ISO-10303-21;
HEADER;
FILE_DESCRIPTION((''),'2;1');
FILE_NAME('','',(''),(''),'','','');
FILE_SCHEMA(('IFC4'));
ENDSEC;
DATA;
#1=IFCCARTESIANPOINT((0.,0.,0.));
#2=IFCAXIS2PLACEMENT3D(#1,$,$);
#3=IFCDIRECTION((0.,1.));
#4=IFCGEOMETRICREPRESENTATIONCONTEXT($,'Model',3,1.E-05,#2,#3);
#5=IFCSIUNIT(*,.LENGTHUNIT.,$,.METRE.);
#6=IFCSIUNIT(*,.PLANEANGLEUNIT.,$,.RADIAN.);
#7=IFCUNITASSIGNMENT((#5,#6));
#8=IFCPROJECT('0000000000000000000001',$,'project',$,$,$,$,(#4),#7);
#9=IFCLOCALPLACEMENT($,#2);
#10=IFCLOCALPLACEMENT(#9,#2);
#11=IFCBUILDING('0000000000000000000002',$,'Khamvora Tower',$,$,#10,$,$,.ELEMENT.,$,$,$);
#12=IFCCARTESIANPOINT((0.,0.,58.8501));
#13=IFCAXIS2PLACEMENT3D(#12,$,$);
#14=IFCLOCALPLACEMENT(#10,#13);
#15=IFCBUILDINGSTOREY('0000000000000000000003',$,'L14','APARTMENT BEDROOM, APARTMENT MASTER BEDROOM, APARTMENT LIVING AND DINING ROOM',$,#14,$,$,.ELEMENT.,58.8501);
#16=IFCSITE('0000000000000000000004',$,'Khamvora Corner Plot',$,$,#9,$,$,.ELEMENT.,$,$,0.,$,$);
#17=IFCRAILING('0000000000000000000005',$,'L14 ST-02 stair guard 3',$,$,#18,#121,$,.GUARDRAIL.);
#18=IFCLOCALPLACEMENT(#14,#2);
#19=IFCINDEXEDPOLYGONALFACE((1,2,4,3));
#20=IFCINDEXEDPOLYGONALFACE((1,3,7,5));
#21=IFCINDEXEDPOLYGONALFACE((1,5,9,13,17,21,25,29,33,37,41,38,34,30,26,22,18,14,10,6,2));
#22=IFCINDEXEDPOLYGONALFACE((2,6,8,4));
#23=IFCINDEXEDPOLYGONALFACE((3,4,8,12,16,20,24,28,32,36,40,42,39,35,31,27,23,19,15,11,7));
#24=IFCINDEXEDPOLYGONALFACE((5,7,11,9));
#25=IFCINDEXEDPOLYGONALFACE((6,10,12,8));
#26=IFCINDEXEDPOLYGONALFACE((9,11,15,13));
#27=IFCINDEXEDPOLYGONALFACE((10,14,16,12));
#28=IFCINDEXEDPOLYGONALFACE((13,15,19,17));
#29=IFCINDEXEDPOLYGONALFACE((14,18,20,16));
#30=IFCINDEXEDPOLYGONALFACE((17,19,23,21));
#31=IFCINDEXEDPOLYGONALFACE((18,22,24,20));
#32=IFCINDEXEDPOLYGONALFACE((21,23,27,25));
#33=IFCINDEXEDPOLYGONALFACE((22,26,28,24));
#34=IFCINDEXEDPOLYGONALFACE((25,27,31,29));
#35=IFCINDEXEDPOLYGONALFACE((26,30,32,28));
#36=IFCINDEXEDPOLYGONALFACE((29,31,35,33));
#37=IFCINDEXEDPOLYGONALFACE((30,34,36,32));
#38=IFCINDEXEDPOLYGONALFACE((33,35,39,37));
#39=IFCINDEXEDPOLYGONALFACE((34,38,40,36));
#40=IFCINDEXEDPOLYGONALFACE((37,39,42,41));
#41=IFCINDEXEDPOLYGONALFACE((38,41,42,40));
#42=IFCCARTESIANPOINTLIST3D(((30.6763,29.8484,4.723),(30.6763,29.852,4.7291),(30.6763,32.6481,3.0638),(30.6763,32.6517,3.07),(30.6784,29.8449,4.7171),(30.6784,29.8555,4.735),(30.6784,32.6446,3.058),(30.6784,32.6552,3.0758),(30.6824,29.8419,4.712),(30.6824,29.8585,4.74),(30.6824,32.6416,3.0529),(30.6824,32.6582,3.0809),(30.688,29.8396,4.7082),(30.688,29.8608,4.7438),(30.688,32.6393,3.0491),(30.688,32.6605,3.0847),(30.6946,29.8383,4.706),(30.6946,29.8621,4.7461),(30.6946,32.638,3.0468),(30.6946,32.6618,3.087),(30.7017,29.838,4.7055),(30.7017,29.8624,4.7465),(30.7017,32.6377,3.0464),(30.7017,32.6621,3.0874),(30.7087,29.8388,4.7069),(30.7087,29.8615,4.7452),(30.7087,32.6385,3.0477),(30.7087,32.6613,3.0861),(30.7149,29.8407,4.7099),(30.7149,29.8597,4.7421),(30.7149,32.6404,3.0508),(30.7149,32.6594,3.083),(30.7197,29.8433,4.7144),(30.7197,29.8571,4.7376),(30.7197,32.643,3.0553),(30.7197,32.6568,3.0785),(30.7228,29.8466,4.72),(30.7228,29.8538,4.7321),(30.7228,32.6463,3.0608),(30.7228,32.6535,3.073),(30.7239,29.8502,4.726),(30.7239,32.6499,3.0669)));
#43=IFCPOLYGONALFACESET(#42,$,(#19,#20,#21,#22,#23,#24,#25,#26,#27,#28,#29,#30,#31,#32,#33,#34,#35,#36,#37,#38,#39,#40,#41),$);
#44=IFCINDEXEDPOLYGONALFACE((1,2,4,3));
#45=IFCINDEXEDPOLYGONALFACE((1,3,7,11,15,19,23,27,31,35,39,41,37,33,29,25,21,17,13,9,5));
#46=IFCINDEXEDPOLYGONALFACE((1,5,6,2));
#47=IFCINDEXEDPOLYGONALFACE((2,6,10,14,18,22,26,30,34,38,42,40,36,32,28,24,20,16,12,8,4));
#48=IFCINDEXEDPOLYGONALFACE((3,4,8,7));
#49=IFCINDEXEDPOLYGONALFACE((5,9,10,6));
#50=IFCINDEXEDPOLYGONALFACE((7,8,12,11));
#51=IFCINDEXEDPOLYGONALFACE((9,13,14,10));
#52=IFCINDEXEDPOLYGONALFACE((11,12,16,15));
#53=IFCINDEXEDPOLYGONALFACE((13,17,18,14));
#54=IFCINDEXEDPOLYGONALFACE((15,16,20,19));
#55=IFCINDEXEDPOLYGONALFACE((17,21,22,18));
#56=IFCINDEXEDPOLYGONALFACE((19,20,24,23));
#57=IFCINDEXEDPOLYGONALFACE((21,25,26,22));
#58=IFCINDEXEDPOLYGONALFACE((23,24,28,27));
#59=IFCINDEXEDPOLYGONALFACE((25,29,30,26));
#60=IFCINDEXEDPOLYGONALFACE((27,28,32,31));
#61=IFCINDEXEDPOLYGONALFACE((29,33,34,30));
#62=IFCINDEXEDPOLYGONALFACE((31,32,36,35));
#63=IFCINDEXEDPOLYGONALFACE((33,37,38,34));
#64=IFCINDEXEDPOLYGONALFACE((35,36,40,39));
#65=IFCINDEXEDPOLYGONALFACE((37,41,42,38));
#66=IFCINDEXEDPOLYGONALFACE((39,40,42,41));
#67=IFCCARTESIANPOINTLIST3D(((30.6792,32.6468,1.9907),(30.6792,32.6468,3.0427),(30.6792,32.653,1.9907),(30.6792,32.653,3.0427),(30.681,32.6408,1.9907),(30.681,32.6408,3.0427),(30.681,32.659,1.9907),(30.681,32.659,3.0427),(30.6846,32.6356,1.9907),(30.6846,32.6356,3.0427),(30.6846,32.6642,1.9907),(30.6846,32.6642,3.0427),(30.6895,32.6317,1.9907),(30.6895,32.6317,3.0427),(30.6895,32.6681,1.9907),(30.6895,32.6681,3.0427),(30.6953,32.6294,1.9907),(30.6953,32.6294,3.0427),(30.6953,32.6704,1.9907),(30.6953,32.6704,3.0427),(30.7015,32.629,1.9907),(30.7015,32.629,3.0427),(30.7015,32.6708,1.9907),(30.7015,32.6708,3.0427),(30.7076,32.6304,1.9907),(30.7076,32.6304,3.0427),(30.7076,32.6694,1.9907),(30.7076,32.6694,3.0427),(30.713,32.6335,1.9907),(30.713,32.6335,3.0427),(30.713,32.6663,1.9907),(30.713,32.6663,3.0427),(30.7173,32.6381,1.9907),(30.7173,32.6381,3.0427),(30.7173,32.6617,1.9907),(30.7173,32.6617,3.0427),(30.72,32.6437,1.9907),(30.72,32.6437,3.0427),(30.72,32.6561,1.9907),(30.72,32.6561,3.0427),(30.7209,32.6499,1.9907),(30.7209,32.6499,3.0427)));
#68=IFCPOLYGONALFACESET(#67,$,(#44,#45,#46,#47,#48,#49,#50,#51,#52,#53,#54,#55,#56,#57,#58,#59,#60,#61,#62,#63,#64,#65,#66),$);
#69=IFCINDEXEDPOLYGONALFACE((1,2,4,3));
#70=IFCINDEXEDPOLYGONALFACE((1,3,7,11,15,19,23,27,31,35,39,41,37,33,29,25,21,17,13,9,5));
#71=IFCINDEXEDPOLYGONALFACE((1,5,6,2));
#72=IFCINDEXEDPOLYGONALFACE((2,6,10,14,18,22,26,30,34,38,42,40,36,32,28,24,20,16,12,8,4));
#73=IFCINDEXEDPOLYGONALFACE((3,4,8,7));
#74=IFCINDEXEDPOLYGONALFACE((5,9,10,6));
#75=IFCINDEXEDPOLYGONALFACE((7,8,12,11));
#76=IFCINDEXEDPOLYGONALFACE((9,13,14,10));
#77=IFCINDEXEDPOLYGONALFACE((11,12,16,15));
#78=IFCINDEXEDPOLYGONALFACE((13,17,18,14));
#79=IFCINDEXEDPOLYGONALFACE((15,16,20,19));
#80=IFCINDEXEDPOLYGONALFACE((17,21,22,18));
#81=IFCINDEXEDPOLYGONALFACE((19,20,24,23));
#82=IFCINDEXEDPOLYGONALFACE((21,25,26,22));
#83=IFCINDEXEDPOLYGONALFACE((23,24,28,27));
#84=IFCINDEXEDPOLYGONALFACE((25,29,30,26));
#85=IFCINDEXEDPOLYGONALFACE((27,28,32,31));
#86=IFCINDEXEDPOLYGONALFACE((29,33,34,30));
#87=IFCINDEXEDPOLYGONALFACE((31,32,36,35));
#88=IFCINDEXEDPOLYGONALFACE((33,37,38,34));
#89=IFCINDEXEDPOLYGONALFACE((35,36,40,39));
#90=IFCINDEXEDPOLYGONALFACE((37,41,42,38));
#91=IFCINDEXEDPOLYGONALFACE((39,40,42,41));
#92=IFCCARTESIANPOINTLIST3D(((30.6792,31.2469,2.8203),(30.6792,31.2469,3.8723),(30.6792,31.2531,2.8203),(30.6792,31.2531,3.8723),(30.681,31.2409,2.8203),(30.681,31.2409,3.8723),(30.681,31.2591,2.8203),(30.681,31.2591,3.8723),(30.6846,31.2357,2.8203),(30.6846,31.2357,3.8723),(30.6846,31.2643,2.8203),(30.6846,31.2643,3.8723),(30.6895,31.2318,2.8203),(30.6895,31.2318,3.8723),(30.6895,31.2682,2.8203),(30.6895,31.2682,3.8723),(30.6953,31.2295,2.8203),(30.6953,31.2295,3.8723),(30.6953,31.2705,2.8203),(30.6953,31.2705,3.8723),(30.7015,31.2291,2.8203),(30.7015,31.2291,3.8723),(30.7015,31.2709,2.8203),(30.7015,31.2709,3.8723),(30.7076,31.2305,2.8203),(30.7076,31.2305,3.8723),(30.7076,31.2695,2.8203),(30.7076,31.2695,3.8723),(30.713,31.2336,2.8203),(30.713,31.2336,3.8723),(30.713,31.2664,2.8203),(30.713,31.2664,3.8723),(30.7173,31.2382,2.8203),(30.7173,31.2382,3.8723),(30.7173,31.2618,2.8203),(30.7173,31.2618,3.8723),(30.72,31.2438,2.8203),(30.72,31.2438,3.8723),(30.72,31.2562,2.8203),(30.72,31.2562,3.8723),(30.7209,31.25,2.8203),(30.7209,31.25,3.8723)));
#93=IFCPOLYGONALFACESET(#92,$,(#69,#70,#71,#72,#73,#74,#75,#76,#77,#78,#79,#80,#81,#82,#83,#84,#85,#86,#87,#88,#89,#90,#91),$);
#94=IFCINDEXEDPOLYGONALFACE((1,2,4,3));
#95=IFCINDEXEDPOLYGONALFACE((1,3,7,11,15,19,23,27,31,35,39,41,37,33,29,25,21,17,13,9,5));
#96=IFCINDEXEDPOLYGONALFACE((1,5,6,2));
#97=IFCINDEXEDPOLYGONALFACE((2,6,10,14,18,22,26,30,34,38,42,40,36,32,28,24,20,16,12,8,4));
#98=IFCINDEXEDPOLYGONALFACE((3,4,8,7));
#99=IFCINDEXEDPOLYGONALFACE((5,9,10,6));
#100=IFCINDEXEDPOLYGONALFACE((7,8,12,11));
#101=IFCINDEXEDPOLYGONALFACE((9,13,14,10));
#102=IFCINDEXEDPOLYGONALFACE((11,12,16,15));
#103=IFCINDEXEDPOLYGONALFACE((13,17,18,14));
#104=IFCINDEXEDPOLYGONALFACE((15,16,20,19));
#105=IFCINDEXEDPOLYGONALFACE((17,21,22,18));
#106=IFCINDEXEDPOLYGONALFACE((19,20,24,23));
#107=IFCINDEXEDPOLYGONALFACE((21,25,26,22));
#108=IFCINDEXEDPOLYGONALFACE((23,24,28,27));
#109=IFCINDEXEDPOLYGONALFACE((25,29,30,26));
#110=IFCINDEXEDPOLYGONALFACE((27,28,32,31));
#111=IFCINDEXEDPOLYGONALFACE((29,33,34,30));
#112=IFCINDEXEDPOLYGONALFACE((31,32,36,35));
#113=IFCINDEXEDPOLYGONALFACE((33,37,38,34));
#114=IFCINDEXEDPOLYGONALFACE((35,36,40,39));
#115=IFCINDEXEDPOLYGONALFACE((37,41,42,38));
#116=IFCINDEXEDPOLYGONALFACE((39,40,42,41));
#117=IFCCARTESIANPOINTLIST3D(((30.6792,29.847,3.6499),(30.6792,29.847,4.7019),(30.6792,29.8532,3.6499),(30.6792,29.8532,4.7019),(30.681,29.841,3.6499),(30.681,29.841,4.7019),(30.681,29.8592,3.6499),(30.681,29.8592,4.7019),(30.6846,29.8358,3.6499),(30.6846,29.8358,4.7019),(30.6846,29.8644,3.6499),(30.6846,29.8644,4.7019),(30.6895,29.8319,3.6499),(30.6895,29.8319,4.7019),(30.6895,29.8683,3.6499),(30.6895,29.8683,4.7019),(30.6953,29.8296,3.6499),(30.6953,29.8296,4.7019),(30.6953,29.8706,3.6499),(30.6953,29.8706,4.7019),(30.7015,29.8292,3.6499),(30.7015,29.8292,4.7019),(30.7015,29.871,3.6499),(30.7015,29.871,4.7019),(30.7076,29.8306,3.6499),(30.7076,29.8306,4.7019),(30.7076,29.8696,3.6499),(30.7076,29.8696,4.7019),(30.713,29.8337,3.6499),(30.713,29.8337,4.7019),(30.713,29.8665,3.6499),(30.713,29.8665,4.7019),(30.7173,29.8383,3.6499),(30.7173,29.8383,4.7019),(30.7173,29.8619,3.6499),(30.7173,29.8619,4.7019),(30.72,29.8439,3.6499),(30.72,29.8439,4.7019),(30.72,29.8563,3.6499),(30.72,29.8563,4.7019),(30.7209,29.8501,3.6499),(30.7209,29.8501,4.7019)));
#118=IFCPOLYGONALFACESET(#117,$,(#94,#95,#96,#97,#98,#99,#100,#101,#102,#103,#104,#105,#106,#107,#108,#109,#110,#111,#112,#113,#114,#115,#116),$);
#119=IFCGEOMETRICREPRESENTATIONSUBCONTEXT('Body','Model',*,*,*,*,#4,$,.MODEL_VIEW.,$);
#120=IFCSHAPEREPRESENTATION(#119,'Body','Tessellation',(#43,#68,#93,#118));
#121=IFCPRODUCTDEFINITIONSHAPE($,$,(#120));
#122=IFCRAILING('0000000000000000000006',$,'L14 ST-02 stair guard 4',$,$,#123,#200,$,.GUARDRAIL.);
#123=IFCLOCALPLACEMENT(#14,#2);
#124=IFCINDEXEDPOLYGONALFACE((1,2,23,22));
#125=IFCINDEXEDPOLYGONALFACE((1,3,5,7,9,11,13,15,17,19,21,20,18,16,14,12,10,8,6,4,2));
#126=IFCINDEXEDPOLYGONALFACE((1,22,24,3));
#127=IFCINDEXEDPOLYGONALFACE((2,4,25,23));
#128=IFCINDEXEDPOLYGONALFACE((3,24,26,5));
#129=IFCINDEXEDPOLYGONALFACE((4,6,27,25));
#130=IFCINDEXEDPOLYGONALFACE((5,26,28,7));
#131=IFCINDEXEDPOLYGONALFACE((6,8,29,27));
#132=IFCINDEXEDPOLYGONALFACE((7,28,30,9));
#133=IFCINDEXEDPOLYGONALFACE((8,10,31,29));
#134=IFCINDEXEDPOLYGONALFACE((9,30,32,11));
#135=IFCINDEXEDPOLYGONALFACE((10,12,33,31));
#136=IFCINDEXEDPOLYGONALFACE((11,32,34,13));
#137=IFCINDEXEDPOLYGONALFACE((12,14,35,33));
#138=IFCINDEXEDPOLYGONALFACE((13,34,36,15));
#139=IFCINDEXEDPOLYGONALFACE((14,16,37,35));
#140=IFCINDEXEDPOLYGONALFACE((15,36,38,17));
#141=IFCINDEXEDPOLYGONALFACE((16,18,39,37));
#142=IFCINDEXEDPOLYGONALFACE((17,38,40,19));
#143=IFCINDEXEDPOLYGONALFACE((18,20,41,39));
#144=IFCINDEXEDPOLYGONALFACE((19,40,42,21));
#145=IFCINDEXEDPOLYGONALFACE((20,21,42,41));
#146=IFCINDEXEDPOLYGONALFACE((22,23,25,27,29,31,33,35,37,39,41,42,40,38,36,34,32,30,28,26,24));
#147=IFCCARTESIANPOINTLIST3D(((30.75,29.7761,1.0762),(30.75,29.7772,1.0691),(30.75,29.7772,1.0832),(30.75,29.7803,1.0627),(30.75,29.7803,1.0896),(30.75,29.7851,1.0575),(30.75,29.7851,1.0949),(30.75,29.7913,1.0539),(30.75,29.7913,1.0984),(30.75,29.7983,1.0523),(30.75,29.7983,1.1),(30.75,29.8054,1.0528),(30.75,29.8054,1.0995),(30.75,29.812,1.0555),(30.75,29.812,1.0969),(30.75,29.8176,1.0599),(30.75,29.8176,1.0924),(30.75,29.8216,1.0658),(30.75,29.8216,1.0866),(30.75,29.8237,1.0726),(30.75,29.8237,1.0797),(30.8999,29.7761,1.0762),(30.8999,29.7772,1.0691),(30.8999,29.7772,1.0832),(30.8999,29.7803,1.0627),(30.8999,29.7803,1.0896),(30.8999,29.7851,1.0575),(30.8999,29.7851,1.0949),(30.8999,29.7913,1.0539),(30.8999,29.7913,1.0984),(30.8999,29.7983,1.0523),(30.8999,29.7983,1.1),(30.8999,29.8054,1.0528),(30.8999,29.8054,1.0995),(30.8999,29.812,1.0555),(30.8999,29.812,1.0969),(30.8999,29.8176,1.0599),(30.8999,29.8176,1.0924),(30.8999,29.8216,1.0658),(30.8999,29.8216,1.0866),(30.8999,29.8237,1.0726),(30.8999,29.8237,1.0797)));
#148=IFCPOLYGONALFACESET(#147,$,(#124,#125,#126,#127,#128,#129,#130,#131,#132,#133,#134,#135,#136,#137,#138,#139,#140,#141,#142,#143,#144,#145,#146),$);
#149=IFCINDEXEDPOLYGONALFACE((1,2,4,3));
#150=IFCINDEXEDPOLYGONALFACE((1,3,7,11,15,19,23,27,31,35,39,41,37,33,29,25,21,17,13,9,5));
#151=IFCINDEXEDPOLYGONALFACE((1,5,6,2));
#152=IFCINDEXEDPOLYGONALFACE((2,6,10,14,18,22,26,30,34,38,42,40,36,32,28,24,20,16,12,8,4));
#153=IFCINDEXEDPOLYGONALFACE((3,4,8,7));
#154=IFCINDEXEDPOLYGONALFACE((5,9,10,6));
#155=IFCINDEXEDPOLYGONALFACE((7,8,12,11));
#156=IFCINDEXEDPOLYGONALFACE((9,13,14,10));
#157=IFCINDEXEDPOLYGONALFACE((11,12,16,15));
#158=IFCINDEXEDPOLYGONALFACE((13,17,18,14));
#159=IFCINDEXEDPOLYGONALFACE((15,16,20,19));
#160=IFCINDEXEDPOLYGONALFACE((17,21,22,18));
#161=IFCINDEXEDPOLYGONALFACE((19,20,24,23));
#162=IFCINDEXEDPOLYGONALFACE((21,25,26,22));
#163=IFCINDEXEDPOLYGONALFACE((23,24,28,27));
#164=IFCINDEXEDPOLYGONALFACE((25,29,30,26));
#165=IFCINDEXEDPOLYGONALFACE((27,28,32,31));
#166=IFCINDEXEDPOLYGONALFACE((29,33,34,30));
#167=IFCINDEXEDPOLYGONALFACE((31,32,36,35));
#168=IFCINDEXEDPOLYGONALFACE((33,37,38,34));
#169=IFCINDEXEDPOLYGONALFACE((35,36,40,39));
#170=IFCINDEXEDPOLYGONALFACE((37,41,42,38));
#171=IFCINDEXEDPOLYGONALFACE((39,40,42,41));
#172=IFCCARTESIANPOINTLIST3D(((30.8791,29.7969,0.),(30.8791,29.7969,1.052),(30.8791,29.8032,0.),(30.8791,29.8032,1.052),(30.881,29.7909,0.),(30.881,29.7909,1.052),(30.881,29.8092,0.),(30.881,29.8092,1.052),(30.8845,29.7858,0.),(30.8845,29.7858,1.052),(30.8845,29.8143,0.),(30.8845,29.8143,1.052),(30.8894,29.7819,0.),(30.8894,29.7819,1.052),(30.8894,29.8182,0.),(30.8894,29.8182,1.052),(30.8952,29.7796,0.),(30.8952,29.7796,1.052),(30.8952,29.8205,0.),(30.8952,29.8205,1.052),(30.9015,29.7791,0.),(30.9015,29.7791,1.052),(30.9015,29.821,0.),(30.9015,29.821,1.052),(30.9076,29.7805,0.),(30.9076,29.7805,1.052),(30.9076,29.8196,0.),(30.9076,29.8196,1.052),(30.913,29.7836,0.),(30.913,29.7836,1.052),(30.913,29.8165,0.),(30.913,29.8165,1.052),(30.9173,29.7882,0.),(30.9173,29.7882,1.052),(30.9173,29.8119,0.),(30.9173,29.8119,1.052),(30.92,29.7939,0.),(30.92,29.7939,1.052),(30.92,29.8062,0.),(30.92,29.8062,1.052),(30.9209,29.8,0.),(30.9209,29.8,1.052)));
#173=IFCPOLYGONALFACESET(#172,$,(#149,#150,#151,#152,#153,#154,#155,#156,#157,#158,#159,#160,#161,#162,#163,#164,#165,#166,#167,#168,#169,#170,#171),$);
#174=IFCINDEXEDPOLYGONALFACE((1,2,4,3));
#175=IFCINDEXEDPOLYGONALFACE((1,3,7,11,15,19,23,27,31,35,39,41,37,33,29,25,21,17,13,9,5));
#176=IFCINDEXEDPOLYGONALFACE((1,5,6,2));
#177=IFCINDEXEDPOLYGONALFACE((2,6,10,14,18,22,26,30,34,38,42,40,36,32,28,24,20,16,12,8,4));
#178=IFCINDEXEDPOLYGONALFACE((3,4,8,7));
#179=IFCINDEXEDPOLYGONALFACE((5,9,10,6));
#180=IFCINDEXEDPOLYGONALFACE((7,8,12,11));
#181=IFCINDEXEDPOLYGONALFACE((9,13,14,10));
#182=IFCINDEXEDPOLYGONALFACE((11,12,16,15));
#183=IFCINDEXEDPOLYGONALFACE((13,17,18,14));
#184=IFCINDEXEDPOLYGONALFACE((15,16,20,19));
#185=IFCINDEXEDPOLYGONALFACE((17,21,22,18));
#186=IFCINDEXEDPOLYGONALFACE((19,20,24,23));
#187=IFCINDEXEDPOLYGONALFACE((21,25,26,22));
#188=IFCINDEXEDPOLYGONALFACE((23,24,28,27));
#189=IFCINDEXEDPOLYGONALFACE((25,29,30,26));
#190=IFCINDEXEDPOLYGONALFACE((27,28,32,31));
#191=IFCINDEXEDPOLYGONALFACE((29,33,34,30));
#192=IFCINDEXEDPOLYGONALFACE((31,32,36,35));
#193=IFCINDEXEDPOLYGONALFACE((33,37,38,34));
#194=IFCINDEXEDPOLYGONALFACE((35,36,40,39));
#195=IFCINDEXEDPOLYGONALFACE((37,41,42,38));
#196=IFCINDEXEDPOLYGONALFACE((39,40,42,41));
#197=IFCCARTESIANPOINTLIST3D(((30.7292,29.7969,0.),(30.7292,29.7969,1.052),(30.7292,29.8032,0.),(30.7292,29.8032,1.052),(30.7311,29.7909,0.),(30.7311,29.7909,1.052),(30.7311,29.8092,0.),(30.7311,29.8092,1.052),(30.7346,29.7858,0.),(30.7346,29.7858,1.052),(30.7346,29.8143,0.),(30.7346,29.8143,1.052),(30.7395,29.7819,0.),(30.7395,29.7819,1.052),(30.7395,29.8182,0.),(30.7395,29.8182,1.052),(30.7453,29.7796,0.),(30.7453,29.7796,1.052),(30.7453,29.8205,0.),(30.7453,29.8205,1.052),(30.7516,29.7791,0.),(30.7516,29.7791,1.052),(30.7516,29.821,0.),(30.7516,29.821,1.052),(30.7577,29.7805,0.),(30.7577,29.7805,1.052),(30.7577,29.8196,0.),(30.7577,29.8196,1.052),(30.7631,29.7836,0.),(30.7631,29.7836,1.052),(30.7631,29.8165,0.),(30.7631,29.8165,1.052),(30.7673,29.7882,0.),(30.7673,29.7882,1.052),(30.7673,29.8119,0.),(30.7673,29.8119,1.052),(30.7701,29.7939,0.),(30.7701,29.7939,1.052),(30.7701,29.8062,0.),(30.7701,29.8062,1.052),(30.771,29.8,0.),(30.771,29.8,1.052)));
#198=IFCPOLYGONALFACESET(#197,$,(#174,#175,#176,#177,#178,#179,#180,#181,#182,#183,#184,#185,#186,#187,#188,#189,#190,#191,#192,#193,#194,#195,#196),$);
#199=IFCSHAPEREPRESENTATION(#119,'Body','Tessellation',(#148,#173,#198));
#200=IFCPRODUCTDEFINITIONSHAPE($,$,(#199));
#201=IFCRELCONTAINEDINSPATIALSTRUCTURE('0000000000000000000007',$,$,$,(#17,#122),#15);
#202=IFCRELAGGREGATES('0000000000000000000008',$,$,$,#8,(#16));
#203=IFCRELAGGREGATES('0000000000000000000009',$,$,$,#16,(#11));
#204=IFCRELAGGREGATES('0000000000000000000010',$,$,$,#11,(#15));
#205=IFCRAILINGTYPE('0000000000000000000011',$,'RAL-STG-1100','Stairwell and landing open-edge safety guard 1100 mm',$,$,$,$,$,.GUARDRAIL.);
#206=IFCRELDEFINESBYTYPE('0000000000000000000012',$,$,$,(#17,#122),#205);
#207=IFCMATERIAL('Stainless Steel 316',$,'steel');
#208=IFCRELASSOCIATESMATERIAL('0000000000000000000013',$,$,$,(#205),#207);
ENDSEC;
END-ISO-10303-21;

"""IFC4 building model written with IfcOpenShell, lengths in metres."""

from ifc_helpers import new_model, si_unit, direction, frame, origin, origin_2d, place, context, subcontext, project, spatial, circle, extrude, material, type_object, element, save


model = new_model("IFC4")

# Units and contexts
model_context = context("Model", 3, precision=1e-05, world=origin(), true_north=direction((0.0, 1.0)))
body_context = subcontext(model_context, "Body", "Model", "MODEL_VIEW")
ifc_project = project(units=[si_unit("LENGTHUNIT", "METRE"), si_unit("PLANEANGLEUNIT", "RADIAN")], contexts=[model_context])

# Site, building, storey
site_placement = place(None, origin())
site = spatial("IfcSite", under=ifc_project, at=site_placement, Name="Khamvora Corner Plot", CompositionType="ELEMENT", RefElevation=0.0)
building_placement = place(site_placement, origin())
building = spatial("IfcBuilding", under=site, at=building_placement, Name="Khamvora Tower", CompositionType="ELEMENT")
storey_placement = place(building_placement, frame((0.0, 0.0, 58.8501)))
storey = spatial("IfcBuildingStorey", under=building, at=storey_placement, Name="L14", Description="APARTMENT BEDROOM, APARTMENT MASTER BEDROOM, APARTMENT LIVING AND DINING ROOM", CompositionType="ELEMENT", Elevation=58.8501)

# Railings
ifc_material_1 = material(Name="Stainless Steel 316", Category="steel")
railing_type_1 = type_object("IfcRailingType", Name="RAL-STG-1100", Description="Stairwell and landing open-edge safety guard 1100 mm", PredefinedType="GUARDRAIL", material=ifc_material_1)
railing_1_placement = place(storey_placement, frame((30.7, 32.6499, 1.9907)))
element("IfcRailing", 1, at=railing_1_placement, inside=storey, type_object=railing_type_1, Name="L14 ST-02 stair guard 3", PredefinedType="GUARDRAIL", context=body_context, shape_type="SweptSolid", body=[
    extrude(circle(Radius=0.0239, at=origin_2d()), frame((0.0, 0.0, 1.0762), z_axis=(0.0, -0.860287, 0.509811), x_axis=(1.0, 0.0, 0.0)), (0.0, 0.0, 1.0), 3.2544),
    extrude(circle(Radius=0.021, at=origin_2d()), origin(), (0.0, 0.0, 1.0), 1.052),
    extrude(circle(Radius=0.021, at=origin_2d()), frame((0.0, -1.3999, 0.8296)), (0.0, 0.0, 1.0), 1.052),
    extrude(circle(Radius=0.021, at=origin_2d()), frame((0.0, -2.7998, 1.6592)), (0.0, 0.0, 1.0), 1.052),
])
railing_2_placement = place(storey_placement, frame((30.8999, 29.8, 0.0)))
element("IfcRailing", 2, at=railing_2_placement, inside=storey, type_object=railing_type_1, Name="L14 ST-02 stair guard 4", PredefinedType="GUARDRAIL", context=body_context, shape_type="SweptSolid", body=[
    extrude(circle(Radius=0.0239, at=origin_2d()), frame((0.0, 0.0, 1.0762), z_axis=(-1.0, 0.0, 0.0), x_axis=(0.0, -1.0, 0.0)), (0.0, 0.0, 1.0), 0.1499),
    extrude(circle(Radius=0.021, at=origin_2d()), origin(), (0.0, 0.0, 1.0), 1.052),
    extrude(circle(Radius=0.021, at=origin_2d()), frame((-0.1499, 0.0, 0.0)), (0.0, 0.0, 1.0), 1.052),
])

save(model, "model.ifc")
